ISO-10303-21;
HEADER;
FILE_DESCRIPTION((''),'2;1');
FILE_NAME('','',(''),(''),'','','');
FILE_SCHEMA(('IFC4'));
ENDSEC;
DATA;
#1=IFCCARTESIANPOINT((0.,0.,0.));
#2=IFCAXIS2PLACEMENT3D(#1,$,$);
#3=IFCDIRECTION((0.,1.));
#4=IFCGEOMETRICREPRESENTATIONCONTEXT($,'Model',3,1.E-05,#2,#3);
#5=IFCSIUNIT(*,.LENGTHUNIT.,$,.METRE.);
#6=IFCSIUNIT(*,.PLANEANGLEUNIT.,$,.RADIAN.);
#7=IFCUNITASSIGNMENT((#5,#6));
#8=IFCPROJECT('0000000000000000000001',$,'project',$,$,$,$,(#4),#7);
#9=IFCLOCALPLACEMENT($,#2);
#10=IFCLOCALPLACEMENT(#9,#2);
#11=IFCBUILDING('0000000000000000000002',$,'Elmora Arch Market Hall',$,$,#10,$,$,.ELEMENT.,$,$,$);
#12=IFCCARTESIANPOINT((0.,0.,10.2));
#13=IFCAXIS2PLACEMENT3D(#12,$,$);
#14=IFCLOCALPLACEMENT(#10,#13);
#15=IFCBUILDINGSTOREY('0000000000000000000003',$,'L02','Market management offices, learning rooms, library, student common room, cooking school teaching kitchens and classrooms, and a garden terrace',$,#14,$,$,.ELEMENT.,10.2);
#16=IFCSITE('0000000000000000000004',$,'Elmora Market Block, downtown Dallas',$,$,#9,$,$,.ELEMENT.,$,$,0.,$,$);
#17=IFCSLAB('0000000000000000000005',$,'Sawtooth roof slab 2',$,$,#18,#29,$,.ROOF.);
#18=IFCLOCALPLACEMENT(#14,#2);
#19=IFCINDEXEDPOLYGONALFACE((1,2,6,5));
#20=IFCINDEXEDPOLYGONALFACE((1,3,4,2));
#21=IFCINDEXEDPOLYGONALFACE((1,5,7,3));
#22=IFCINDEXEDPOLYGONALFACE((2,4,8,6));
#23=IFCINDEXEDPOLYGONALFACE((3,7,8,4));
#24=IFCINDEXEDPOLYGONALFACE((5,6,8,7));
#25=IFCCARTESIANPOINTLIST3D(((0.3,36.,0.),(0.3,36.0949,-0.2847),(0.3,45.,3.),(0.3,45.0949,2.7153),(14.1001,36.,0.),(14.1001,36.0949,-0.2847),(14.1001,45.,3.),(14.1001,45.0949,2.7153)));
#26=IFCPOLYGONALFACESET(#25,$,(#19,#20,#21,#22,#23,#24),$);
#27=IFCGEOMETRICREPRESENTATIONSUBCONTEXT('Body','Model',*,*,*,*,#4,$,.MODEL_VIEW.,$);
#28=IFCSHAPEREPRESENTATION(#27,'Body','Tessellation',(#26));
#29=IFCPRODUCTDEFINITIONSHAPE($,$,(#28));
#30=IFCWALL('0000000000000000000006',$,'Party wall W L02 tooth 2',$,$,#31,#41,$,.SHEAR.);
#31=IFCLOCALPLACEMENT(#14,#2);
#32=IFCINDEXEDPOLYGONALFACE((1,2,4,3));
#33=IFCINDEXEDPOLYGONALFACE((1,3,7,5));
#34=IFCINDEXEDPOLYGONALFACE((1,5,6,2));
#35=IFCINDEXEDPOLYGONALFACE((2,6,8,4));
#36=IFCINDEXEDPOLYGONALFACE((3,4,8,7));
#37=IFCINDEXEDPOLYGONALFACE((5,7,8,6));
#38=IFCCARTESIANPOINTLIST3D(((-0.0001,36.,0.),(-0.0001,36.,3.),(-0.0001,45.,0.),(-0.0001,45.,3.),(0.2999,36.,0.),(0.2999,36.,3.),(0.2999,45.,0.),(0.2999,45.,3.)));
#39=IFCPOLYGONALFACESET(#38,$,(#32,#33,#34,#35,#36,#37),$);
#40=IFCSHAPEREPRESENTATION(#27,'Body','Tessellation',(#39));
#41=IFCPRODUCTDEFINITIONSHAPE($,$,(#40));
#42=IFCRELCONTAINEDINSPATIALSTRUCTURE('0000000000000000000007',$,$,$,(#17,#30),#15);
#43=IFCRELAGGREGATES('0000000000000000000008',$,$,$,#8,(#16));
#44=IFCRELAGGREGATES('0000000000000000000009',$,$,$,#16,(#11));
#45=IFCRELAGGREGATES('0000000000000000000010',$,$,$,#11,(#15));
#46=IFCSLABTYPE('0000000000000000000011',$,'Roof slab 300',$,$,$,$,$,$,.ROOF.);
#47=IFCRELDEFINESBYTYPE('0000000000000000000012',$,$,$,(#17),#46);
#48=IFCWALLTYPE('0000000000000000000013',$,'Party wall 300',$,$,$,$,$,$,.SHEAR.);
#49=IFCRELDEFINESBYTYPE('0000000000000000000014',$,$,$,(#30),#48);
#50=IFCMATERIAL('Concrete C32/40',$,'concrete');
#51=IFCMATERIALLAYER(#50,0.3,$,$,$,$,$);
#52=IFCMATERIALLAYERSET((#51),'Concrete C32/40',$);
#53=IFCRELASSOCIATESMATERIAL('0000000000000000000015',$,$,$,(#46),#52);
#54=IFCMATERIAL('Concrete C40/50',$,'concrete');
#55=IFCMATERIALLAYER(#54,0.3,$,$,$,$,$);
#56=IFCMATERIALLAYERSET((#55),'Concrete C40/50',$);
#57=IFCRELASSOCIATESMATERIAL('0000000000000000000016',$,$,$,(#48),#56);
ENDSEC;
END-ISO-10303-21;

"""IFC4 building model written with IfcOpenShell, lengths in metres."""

from ifc_helpers import new_model, si_unit, direction, frame, frame_2d, origin, place, context, subcontext, project, spatial, polyline, rectangle, outline, extrude, material, layer, layer_set, type_object, element, save


model = new_model("IFC4")

# Units and contexts
model_context = context("Model", 3, precision=1e-05, world=origin(), true_north=direction((0.0, 1.0)))
body_context = subcontext(model_context, "Body", "Model", "MODEL_VIEW")
ifc_project = project(units=[si_unit("LENGTHUNIT", "METRE"), si_unit("PLANEANGLEUNIT", "RADIAN")], contexts=[model_context])

# Site, building, storey
site_placement = place(None, origin())
site = spatial("IfcSite", under=ifc_project, at=site_placement, Name="Elmora Market Block, downtown Dallas", CompositionType="ELEMENT", RefElevation=0.0)
building_placement = place(site_placement, origin())
building = spatial("IfcBuilding", under=site, at=building_placement, Name="Elmora Arch Market Hall", CompositionType="ELEMENT")
storey_placement = place(building_placement, frame((0.0, 0.0, 10.2)))
storey = spatial("IfcBuildingStorey", under=building, at=storey_placement, Name="L02", Description="Market management offices, learning rooms, library, student common room, cooking school teaching kitchens and classrooms, and a garden terrace", CompositionType="ELEMENT", Elevation=10.2)

# Slab
ifc_material_1 = material(Name="Concrete C32/40", Category="concrete")
ifc_layer_1 = layer(ifc_material_1, 0.3)
ifc_layer_set_1 = layer_set([ifc_layer_1], Name="Concrete C32/40")
slab_type = type_object("IfcSlabType", Name="Roof slab 300", PredefinedType="ROOF", material=ifc_layer_set_1)
slab_placement = place(storey_placement, frame((0.3, 36.0, 0.0), z_axis=(0.0, -0.316228, 0.948683), x_axis=(1.0, 0.0, 0.0)))
element("IfcSlab", 1, at=slab_placement, inside=storey, type_object=slab_type, Name="Sawtooth roof slab 2", PredefinedType="ROOF", context=body_context, shape_type="SweptSolid", body=[
    extrude(outline(polyline([(0.0, 0.0), (13.8, 0.0), (13.8, 9.4868), (0.0, 9.4868), (0.0, 0.0)])), origin(), (0.0, 0.0, -1.0), 0.3),
])

# Wall
ifc_material_2 = material(Name="Concrete C40/50", Category="concrete")
ifc_layer_2 = layer(ifc_material_2, 0.3)
ifc_layer_set_2 = layer_set([ifc_layer_2], Name="Concrete C40/50")
wall_type = type_object("IfcWallType", Name="Party wall 300", PredefinedType="SHEAR", material=ifc_layer_set_2)
wall_placement = place(storey_placement, frame((0.1499, 36.0, 0.0), z_axis=(0.0, 0.0, 1.0), x_axis=(0.0, 1.0, 0.0)))
element("IfcWall", 2, at=wall_placement, inside=storey, type_object=wall_type, Name="Party wall W L02 tooth 2", PredefinedType="SHEAR", context=body_context, shape_type="SweptSolid", body=[
    extrude(rectangle(XDim=9.0, YDim=0.3, at=frame_2d((4.5, 0.0))), origin(), (0.0, 0.0, 1.0), 3.0),
])

save(model, "model.ifc")
